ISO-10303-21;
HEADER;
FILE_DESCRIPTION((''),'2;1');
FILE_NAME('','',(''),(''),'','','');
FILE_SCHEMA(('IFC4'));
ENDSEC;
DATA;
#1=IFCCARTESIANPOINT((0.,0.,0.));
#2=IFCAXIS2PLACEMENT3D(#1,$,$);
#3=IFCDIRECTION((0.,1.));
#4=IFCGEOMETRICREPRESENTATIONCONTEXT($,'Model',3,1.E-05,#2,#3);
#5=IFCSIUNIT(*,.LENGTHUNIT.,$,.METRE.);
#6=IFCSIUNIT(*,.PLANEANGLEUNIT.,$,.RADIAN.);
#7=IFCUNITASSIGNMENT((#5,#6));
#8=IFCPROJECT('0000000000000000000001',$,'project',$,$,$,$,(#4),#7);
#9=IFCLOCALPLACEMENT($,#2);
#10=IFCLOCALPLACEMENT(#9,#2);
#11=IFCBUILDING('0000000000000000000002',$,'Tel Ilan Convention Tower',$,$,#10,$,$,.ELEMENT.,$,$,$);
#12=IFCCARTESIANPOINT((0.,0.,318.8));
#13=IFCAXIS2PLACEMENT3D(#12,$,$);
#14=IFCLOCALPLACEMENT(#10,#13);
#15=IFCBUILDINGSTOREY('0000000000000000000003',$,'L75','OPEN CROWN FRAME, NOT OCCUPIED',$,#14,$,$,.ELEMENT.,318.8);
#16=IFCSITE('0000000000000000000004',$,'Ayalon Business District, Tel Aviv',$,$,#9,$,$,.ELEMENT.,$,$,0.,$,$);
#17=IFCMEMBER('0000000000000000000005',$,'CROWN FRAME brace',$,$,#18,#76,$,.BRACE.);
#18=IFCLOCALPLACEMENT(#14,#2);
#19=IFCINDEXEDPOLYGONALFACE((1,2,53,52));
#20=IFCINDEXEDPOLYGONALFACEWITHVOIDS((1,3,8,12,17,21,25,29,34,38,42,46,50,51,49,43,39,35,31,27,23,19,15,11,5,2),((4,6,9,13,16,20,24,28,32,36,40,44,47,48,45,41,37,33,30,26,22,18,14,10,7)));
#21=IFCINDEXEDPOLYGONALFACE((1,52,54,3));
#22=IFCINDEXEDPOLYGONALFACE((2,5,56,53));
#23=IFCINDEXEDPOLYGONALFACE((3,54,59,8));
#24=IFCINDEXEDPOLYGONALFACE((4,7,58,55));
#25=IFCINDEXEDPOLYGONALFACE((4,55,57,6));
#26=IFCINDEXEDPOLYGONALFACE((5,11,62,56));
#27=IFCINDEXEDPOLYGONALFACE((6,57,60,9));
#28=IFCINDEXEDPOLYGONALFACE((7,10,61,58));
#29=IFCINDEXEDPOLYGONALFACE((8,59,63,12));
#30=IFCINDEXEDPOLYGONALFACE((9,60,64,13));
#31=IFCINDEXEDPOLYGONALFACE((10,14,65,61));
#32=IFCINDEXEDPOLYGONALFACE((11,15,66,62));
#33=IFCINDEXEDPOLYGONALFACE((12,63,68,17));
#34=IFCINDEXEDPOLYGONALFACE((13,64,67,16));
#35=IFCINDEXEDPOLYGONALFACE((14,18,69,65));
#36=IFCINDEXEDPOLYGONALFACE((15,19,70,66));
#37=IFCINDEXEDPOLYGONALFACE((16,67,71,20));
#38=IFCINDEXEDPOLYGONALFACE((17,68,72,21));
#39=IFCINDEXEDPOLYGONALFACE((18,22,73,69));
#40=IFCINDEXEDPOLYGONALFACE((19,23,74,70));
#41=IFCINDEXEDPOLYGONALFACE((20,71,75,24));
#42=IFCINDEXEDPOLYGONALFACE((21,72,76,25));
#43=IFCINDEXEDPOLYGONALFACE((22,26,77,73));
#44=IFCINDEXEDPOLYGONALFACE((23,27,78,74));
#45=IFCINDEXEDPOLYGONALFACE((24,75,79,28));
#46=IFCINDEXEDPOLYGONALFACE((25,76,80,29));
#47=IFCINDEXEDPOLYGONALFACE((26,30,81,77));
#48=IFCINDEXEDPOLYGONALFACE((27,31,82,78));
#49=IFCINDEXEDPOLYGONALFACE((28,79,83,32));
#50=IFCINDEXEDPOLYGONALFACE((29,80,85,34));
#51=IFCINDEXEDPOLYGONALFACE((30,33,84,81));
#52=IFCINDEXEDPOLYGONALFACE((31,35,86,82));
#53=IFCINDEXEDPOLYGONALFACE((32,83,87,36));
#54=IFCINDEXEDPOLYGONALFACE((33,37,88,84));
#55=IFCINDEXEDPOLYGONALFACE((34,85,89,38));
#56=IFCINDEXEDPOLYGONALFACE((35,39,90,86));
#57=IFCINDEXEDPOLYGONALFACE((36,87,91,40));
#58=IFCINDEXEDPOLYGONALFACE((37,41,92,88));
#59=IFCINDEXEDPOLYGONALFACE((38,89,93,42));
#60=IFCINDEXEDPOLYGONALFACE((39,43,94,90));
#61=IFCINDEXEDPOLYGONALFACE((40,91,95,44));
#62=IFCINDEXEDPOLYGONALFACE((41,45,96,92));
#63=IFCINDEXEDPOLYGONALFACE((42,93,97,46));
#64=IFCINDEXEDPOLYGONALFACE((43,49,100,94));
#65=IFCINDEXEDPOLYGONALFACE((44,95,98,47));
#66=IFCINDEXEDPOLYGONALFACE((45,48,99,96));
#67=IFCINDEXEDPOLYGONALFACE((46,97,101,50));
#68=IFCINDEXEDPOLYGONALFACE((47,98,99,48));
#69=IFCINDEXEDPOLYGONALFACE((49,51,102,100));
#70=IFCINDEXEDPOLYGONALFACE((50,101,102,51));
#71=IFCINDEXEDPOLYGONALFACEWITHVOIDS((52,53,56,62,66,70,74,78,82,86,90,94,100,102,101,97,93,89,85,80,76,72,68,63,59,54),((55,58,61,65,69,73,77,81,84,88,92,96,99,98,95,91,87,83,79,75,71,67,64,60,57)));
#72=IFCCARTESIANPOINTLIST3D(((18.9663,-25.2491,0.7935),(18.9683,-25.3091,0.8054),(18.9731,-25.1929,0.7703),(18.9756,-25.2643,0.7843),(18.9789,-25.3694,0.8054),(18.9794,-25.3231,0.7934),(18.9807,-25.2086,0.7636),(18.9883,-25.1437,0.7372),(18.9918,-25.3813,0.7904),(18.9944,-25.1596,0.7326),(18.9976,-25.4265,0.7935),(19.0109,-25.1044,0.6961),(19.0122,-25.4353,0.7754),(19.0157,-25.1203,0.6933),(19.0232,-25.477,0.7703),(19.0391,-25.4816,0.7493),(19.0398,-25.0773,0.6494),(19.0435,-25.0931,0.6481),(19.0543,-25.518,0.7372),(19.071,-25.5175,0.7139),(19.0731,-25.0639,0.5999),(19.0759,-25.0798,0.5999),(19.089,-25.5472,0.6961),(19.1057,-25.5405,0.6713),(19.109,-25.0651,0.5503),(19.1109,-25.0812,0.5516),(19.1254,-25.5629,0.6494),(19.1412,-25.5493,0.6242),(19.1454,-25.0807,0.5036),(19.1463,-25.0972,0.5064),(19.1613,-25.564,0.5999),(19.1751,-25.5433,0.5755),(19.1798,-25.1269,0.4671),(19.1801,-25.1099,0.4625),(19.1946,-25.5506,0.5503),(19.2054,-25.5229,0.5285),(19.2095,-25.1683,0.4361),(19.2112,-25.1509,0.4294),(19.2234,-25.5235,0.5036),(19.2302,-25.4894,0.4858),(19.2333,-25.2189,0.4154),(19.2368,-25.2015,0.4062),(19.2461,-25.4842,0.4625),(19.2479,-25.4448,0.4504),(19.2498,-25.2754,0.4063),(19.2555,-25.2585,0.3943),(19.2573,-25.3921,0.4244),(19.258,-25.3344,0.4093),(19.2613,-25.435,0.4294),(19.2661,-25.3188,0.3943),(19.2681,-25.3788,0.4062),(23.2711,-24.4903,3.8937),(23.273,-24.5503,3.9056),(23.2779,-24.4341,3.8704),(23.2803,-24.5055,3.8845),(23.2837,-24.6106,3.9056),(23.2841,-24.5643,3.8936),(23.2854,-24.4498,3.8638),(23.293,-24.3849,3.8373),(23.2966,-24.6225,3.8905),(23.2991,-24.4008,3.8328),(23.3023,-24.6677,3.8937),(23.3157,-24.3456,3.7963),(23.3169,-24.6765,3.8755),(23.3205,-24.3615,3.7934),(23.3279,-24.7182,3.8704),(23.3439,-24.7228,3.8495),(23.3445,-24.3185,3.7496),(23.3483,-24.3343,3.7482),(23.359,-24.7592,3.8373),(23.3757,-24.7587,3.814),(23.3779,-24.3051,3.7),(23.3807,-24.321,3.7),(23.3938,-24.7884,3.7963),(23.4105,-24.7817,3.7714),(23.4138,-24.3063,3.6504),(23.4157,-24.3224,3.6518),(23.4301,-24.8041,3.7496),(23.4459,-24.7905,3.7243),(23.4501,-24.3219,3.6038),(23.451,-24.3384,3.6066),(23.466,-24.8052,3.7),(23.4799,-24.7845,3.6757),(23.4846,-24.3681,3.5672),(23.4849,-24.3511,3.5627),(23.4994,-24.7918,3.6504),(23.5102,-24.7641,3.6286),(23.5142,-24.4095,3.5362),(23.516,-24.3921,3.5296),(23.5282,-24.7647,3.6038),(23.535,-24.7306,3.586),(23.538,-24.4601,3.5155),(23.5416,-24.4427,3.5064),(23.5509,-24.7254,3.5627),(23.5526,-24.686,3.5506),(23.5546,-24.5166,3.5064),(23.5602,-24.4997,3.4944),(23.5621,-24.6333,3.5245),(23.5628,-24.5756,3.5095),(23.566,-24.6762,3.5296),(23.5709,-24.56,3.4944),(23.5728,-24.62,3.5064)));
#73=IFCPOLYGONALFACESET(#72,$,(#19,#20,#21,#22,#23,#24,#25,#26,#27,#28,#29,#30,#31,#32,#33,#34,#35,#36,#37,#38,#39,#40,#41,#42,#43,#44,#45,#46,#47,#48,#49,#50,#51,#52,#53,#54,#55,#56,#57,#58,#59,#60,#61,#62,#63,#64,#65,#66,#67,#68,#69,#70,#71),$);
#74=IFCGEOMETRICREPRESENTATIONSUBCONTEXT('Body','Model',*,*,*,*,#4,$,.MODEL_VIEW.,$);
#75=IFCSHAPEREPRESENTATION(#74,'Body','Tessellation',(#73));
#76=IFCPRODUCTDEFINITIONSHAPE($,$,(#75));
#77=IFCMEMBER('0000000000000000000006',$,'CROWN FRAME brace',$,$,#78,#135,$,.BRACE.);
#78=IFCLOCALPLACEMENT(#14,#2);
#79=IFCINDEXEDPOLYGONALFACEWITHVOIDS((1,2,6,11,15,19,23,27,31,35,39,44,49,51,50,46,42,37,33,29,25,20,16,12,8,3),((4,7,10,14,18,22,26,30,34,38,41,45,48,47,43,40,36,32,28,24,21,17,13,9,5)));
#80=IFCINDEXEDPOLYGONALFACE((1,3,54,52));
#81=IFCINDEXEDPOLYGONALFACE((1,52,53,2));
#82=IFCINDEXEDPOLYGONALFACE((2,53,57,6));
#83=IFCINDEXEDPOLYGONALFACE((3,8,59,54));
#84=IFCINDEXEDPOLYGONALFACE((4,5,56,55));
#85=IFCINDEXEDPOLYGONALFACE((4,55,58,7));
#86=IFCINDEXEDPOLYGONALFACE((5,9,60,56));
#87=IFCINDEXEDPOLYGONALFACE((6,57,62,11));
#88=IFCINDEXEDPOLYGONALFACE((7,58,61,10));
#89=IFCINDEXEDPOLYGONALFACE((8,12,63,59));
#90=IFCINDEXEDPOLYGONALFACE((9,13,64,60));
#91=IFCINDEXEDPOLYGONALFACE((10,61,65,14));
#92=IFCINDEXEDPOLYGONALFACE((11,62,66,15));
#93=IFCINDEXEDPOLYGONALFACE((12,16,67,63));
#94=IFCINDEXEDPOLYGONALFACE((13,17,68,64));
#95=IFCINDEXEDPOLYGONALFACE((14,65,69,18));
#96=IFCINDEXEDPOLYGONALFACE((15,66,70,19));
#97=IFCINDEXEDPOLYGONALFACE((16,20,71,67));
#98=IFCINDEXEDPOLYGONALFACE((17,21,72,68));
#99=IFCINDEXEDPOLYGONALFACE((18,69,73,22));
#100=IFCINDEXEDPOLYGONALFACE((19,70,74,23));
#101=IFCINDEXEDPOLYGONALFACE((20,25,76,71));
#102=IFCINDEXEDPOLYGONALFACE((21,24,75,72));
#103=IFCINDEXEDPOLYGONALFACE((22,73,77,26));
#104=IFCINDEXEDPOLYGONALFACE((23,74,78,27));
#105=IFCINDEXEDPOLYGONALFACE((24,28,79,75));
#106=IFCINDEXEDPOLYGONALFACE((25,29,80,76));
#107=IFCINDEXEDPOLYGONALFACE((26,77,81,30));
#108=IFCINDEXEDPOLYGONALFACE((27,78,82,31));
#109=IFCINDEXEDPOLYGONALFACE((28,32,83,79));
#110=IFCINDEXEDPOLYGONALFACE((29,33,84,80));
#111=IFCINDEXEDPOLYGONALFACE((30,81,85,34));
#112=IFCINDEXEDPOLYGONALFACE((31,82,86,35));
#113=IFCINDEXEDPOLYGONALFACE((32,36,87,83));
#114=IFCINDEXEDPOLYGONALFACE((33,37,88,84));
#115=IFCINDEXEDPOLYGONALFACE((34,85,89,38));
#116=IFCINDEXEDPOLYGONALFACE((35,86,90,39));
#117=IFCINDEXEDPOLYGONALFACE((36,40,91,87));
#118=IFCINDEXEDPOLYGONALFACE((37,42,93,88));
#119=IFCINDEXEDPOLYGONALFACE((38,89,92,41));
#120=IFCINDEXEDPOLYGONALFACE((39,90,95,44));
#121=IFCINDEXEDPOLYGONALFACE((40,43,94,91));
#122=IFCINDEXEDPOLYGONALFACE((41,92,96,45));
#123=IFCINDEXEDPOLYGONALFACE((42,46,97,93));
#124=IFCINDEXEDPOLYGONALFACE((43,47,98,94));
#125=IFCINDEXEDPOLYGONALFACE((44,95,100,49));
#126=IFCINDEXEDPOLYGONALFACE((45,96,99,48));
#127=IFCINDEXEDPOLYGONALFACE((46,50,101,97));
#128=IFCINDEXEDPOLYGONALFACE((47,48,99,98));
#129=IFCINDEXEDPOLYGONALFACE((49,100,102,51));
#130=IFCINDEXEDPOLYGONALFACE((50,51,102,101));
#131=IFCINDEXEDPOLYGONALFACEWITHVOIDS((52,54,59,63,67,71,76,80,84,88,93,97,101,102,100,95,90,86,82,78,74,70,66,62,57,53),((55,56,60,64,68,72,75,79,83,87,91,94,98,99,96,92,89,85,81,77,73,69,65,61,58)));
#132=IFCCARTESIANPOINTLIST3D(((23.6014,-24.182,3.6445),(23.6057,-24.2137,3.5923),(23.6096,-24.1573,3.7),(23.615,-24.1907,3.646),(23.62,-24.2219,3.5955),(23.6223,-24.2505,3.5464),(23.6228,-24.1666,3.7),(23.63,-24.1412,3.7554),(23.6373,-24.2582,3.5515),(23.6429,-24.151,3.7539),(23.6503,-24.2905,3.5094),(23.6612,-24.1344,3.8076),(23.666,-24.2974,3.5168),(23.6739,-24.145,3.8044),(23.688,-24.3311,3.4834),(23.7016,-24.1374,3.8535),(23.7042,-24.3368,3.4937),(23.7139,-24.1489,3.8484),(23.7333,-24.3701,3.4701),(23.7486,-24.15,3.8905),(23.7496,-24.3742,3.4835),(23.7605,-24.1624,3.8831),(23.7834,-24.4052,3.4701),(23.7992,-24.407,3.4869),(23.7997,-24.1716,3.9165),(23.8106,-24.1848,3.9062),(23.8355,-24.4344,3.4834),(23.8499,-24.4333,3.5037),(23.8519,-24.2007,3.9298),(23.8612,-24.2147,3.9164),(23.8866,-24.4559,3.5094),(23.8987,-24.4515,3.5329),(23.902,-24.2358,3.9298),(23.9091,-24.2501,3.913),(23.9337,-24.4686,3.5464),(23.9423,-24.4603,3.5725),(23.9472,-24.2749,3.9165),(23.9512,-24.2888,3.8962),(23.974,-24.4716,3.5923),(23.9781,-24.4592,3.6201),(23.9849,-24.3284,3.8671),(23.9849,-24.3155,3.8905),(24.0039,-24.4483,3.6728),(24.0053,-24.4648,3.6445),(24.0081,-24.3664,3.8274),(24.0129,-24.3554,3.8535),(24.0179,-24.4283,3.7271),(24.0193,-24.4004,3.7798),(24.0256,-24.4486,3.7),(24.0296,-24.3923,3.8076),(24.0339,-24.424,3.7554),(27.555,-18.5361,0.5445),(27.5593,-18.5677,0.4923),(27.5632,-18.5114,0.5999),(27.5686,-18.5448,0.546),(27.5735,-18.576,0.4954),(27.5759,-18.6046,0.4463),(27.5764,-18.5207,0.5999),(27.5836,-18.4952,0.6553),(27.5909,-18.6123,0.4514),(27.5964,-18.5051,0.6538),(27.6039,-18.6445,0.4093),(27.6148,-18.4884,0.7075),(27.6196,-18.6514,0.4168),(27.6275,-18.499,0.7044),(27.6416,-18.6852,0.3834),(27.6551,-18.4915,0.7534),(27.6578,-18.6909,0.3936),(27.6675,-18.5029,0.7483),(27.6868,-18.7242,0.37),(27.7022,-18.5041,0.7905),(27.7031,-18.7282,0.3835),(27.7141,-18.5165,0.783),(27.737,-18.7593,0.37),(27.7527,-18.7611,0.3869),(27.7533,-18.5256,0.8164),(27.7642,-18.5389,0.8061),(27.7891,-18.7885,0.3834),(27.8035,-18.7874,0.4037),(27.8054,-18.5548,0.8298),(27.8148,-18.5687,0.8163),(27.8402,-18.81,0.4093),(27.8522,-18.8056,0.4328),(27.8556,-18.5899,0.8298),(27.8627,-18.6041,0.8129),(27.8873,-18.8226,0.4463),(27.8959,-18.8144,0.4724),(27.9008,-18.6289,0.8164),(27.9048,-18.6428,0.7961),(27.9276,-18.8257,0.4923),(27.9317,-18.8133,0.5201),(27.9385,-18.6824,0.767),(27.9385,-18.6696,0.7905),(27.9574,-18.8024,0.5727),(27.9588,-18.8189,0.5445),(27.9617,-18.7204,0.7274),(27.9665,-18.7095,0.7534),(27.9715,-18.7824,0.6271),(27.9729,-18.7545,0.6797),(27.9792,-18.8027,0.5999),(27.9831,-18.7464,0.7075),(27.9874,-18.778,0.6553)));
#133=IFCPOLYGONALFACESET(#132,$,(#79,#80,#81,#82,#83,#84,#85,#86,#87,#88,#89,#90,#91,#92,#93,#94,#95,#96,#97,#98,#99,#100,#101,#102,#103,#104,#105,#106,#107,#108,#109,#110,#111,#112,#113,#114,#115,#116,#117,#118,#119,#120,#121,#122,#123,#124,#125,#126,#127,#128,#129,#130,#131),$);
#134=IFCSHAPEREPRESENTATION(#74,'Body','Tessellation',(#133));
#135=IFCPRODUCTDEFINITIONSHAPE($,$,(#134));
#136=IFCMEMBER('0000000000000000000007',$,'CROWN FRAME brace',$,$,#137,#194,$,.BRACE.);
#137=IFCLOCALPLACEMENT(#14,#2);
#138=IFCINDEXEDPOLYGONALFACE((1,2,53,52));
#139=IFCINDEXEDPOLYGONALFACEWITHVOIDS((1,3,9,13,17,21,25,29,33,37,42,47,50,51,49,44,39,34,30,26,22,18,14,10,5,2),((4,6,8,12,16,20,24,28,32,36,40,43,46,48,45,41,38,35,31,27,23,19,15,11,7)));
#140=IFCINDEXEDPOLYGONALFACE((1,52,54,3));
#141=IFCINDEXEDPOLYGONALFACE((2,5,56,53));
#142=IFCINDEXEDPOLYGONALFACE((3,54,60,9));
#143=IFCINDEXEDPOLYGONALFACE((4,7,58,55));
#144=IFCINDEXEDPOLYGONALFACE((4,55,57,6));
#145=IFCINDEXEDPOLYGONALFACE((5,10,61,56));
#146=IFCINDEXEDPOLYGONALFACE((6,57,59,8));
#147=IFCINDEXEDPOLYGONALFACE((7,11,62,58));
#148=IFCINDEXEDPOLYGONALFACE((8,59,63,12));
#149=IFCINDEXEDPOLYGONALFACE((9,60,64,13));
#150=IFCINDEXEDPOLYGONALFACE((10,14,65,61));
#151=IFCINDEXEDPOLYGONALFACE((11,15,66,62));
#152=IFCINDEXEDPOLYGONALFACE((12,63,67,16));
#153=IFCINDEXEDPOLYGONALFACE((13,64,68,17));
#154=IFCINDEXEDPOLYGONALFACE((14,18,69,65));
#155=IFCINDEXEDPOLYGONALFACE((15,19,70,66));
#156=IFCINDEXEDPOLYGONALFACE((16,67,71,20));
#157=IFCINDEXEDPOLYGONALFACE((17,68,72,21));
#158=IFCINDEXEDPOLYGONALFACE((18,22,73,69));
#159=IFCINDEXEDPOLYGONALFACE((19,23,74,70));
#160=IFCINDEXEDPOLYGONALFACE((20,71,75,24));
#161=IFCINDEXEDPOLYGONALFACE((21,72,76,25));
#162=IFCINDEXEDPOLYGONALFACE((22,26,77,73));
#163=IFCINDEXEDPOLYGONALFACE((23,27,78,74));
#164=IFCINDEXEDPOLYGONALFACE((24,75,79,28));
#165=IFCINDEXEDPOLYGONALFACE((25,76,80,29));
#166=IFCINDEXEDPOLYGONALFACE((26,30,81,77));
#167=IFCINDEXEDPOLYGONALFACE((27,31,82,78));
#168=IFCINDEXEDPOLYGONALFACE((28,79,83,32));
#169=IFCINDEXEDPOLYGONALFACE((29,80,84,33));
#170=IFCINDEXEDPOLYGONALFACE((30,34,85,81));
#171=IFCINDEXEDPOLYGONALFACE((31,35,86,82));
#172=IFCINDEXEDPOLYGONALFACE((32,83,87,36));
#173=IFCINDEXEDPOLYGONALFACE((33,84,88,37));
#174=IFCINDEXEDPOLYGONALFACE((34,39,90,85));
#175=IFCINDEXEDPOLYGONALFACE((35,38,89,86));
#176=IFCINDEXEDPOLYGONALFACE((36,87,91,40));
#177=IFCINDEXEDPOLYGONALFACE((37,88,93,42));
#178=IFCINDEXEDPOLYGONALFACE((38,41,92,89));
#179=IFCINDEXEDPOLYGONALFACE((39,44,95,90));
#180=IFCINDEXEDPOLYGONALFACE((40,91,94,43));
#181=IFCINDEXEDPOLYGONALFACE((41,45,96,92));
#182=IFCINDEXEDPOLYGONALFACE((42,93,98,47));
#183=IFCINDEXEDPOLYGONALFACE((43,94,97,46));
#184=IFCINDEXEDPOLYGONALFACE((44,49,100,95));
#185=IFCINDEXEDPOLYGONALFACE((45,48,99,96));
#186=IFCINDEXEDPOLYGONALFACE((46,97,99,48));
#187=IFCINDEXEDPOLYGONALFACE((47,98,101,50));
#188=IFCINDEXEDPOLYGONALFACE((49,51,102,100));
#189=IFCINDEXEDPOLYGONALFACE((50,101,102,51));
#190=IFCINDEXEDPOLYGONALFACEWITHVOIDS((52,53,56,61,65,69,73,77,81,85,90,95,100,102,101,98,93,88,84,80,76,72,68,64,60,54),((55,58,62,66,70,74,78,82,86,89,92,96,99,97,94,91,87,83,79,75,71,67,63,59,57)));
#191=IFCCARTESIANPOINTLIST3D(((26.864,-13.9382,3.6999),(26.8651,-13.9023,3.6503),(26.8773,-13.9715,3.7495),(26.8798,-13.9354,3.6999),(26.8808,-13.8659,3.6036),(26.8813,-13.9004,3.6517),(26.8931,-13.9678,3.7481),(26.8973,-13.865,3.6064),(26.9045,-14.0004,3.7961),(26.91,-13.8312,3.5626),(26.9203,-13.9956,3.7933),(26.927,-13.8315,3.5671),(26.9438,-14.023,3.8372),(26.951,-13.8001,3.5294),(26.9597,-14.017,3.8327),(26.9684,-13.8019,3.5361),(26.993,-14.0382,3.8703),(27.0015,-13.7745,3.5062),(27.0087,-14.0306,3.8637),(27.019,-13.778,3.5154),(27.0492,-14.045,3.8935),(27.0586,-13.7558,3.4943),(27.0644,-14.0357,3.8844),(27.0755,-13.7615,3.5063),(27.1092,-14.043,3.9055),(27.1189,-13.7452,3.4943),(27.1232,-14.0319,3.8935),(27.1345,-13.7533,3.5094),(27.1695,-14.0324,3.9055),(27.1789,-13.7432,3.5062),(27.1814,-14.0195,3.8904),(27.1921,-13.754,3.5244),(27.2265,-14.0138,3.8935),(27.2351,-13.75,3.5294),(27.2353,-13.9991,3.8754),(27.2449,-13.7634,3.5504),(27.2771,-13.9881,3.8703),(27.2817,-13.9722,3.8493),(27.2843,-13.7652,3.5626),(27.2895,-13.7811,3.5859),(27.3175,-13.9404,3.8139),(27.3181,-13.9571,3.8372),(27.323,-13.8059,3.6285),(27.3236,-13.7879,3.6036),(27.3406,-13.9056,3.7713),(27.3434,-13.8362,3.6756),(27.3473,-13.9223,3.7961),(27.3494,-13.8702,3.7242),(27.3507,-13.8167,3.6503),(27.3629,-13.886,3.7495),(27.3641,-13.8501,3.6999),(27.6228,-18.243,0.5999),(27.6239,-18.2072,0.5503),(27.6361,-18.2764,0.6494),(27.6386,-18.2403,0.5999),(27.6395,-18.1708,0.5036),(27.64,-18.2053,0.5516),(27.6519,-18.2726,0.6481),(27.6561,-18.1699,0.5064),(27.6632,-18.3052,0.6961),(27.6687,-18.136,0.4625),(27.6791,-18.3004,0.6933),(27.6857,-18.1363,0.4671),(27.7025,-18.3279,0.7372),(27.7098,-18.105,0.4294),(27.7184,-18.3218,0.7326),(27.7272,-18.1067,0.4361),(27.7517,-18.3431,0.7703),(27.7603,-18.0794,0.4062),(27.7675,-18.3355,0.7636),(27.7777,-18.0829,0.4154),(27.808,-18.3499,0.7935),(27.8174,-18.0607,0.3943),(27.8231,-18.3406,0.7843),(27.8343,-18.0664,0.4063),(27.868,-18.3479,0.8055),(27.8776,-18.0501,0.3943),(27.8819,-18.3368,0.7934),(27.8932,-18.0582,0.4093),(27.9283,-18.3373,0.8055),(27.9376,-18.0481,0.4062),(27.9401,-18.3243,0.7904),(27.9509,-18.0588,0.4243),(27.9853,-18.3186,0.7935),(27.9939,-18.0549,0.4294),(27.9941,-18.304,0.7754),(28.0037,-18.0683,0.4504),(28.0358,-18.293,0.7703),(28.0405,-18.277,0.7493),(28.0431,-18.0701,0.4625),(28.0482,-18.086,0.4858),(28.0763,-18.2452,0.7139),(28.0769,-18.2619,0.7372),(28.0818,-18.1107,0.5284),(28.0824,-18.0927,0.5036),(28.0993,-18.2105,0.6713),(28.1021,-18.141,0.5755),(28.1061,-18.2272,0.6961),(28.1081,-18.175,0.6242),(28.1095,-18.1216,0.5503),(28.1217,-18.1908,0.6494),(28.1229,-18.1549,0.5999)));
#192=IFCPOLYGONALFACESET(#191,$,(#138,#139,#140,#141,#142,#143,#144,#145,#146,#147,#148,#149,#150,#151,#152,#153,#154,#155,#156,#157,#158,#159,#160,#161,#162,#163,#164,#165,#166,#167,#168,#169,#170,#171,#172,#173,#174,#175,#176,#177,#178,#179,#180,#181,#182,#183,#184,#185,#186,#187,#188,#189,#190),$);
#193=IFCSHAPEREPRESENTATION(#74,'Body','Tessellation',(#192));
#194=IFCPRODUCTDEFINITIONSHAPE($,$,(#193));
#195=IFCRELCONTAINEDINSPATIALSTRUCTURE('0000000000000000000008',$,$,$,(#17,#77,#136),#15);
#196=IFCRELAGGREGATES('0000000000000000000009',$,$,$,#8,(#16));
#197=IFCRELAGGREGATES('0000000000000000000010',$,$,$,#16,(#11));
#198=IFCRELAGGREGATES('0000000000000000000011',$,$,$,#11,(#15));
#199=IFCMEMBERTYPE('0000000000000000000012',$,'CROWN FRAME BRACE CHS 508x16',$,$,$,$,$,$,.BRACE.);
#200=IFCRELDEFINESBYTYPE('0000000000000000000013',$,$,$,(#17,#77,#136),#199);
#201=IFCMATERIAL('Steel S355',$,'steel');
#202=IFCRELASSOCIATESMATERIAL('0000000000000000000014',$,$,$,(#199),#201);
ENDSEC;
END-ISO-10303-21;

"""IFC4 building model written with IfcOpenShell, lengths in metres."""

from ifc_helpers import new_model, si_unit, direction, frame, origin, origin_2d, place, context, subcontext, project, spatial, hollow_circle, extrude, material, material_profile, profile_set, type_object, element, save


model = new_model("IFC4")

# Units and contexts
model_context = context("Model", 3, precision=1e-05, world=origin(), true_north=direction((0.0, 1.0)))
body_context = subcontext(model_context, "Body", "Model", "MODEL_VIEW")
ifc_project = project(units=[si_unit("LENGTHUNIT", "METRE"), si_unit("PLANEANGLEUNIT", "RADIAN")], contexts=[model_context])

# Site, building, storey
site_placement = place(None, origin())
site = spatial("IfcSite", under=ifc_project, at=site_placement, Name="Ayalon Business District, Tel Aviv", CompositionType="ELEMENT", RefElevation=0.0)
building_placement = place(site_placement, origin())
building = spatial("IfcBuilding", under=site, at=building_placement, Name="Tel Ilan Convention Tower", CompositionType="ELEMENT")
storey_placement = place(building_placement, frame((0.0, 0.0, 318.8)))
storey = spatial("IfcBuildingStorey", under=building, at=storey_placement, Name="L75", Description="OPEN CROWN FRAME, NOT OCCUPIED", CompositionType="ELEMENT", Elevation=318.8)

# Members
ifc_material_1 = material(Name="Steel S355", Category="steel")
ifc_material_profile_1 = material_profile(ifc_material_1, hollow_circle(Radius=0.2539, WallThickness=0.0161, at=origin_2d()), Name="CHS 508x16")
ifc_profile_set_1 = profile_set([ifc_material_profile_1], Name="Steel S355")
member_type = type_object("IfcMemberType", Name="CROWN FRAME BRACE CHS 508x16", PredefinedType="BRACE", material=ifc_profile_set_1)
member_1_placement = place(storey_placement, frame((19.1172, -25.314, 0.5999), z_axis=(0.803294, 0.141597, 0.578506), x_axis=(-0.173594, 0.984817, 0.0)))
element("IfcMember", 1, at=member_1_placement, inside=storey, type_object=member_type, Name="CROWN FRAME brace", PredefinedType="BRACE", context=body_context, shape_type="SweptSolid", body=[
    extrude(hollow_circle(Radius=0.2539, WallThickness=0.0161, at=origin_2d()), origin(), (0.0, 0.0, 1.0), 5.3589),
])
member_2_placement = place(storey_placement, frame((23.8176, -24.303, 3.7), z_axis=(0.523123, 0.747051, -0.41019), x_axis=(-0.819135, 0.5736, 0.0)))
element("IfcMember", 2, at=member_2_placement, inside=storey, type_object=member_type, Name="CROWN FRAME brace", PredefinedType="BRACE", context=body_context, shape_type="SweptSolid", body=[
    extrude(hollow_circle(Radius=0.2539, WallThickness=0.0161, at=origin_2d()), origin(), (0.0, 0.0, 1.0), 7.5576),
])
member_3_placement = place(storey_placement, frame((27.8728, -18.199, 0.5999), z_axis=(-0.141592, 0.80331, 0.578485), x_axis=(-0.984819, -0.173585, 0.0)))
element("IfcMember", 3, at=member_3_placement, inside=storey, type_object=member_type, Name="CROWN FRAME brace", PredefinedType="BRACE", context=body_context, shape_type="SweptSolid", body=[
    extrude(hollow_circle(Radius=0.2539, WallThickness=0.0161, at=origin_2d()), origin(), (0.0, 0.0, 1.0), 5.3589),
])

save(model, "model.ifc")
